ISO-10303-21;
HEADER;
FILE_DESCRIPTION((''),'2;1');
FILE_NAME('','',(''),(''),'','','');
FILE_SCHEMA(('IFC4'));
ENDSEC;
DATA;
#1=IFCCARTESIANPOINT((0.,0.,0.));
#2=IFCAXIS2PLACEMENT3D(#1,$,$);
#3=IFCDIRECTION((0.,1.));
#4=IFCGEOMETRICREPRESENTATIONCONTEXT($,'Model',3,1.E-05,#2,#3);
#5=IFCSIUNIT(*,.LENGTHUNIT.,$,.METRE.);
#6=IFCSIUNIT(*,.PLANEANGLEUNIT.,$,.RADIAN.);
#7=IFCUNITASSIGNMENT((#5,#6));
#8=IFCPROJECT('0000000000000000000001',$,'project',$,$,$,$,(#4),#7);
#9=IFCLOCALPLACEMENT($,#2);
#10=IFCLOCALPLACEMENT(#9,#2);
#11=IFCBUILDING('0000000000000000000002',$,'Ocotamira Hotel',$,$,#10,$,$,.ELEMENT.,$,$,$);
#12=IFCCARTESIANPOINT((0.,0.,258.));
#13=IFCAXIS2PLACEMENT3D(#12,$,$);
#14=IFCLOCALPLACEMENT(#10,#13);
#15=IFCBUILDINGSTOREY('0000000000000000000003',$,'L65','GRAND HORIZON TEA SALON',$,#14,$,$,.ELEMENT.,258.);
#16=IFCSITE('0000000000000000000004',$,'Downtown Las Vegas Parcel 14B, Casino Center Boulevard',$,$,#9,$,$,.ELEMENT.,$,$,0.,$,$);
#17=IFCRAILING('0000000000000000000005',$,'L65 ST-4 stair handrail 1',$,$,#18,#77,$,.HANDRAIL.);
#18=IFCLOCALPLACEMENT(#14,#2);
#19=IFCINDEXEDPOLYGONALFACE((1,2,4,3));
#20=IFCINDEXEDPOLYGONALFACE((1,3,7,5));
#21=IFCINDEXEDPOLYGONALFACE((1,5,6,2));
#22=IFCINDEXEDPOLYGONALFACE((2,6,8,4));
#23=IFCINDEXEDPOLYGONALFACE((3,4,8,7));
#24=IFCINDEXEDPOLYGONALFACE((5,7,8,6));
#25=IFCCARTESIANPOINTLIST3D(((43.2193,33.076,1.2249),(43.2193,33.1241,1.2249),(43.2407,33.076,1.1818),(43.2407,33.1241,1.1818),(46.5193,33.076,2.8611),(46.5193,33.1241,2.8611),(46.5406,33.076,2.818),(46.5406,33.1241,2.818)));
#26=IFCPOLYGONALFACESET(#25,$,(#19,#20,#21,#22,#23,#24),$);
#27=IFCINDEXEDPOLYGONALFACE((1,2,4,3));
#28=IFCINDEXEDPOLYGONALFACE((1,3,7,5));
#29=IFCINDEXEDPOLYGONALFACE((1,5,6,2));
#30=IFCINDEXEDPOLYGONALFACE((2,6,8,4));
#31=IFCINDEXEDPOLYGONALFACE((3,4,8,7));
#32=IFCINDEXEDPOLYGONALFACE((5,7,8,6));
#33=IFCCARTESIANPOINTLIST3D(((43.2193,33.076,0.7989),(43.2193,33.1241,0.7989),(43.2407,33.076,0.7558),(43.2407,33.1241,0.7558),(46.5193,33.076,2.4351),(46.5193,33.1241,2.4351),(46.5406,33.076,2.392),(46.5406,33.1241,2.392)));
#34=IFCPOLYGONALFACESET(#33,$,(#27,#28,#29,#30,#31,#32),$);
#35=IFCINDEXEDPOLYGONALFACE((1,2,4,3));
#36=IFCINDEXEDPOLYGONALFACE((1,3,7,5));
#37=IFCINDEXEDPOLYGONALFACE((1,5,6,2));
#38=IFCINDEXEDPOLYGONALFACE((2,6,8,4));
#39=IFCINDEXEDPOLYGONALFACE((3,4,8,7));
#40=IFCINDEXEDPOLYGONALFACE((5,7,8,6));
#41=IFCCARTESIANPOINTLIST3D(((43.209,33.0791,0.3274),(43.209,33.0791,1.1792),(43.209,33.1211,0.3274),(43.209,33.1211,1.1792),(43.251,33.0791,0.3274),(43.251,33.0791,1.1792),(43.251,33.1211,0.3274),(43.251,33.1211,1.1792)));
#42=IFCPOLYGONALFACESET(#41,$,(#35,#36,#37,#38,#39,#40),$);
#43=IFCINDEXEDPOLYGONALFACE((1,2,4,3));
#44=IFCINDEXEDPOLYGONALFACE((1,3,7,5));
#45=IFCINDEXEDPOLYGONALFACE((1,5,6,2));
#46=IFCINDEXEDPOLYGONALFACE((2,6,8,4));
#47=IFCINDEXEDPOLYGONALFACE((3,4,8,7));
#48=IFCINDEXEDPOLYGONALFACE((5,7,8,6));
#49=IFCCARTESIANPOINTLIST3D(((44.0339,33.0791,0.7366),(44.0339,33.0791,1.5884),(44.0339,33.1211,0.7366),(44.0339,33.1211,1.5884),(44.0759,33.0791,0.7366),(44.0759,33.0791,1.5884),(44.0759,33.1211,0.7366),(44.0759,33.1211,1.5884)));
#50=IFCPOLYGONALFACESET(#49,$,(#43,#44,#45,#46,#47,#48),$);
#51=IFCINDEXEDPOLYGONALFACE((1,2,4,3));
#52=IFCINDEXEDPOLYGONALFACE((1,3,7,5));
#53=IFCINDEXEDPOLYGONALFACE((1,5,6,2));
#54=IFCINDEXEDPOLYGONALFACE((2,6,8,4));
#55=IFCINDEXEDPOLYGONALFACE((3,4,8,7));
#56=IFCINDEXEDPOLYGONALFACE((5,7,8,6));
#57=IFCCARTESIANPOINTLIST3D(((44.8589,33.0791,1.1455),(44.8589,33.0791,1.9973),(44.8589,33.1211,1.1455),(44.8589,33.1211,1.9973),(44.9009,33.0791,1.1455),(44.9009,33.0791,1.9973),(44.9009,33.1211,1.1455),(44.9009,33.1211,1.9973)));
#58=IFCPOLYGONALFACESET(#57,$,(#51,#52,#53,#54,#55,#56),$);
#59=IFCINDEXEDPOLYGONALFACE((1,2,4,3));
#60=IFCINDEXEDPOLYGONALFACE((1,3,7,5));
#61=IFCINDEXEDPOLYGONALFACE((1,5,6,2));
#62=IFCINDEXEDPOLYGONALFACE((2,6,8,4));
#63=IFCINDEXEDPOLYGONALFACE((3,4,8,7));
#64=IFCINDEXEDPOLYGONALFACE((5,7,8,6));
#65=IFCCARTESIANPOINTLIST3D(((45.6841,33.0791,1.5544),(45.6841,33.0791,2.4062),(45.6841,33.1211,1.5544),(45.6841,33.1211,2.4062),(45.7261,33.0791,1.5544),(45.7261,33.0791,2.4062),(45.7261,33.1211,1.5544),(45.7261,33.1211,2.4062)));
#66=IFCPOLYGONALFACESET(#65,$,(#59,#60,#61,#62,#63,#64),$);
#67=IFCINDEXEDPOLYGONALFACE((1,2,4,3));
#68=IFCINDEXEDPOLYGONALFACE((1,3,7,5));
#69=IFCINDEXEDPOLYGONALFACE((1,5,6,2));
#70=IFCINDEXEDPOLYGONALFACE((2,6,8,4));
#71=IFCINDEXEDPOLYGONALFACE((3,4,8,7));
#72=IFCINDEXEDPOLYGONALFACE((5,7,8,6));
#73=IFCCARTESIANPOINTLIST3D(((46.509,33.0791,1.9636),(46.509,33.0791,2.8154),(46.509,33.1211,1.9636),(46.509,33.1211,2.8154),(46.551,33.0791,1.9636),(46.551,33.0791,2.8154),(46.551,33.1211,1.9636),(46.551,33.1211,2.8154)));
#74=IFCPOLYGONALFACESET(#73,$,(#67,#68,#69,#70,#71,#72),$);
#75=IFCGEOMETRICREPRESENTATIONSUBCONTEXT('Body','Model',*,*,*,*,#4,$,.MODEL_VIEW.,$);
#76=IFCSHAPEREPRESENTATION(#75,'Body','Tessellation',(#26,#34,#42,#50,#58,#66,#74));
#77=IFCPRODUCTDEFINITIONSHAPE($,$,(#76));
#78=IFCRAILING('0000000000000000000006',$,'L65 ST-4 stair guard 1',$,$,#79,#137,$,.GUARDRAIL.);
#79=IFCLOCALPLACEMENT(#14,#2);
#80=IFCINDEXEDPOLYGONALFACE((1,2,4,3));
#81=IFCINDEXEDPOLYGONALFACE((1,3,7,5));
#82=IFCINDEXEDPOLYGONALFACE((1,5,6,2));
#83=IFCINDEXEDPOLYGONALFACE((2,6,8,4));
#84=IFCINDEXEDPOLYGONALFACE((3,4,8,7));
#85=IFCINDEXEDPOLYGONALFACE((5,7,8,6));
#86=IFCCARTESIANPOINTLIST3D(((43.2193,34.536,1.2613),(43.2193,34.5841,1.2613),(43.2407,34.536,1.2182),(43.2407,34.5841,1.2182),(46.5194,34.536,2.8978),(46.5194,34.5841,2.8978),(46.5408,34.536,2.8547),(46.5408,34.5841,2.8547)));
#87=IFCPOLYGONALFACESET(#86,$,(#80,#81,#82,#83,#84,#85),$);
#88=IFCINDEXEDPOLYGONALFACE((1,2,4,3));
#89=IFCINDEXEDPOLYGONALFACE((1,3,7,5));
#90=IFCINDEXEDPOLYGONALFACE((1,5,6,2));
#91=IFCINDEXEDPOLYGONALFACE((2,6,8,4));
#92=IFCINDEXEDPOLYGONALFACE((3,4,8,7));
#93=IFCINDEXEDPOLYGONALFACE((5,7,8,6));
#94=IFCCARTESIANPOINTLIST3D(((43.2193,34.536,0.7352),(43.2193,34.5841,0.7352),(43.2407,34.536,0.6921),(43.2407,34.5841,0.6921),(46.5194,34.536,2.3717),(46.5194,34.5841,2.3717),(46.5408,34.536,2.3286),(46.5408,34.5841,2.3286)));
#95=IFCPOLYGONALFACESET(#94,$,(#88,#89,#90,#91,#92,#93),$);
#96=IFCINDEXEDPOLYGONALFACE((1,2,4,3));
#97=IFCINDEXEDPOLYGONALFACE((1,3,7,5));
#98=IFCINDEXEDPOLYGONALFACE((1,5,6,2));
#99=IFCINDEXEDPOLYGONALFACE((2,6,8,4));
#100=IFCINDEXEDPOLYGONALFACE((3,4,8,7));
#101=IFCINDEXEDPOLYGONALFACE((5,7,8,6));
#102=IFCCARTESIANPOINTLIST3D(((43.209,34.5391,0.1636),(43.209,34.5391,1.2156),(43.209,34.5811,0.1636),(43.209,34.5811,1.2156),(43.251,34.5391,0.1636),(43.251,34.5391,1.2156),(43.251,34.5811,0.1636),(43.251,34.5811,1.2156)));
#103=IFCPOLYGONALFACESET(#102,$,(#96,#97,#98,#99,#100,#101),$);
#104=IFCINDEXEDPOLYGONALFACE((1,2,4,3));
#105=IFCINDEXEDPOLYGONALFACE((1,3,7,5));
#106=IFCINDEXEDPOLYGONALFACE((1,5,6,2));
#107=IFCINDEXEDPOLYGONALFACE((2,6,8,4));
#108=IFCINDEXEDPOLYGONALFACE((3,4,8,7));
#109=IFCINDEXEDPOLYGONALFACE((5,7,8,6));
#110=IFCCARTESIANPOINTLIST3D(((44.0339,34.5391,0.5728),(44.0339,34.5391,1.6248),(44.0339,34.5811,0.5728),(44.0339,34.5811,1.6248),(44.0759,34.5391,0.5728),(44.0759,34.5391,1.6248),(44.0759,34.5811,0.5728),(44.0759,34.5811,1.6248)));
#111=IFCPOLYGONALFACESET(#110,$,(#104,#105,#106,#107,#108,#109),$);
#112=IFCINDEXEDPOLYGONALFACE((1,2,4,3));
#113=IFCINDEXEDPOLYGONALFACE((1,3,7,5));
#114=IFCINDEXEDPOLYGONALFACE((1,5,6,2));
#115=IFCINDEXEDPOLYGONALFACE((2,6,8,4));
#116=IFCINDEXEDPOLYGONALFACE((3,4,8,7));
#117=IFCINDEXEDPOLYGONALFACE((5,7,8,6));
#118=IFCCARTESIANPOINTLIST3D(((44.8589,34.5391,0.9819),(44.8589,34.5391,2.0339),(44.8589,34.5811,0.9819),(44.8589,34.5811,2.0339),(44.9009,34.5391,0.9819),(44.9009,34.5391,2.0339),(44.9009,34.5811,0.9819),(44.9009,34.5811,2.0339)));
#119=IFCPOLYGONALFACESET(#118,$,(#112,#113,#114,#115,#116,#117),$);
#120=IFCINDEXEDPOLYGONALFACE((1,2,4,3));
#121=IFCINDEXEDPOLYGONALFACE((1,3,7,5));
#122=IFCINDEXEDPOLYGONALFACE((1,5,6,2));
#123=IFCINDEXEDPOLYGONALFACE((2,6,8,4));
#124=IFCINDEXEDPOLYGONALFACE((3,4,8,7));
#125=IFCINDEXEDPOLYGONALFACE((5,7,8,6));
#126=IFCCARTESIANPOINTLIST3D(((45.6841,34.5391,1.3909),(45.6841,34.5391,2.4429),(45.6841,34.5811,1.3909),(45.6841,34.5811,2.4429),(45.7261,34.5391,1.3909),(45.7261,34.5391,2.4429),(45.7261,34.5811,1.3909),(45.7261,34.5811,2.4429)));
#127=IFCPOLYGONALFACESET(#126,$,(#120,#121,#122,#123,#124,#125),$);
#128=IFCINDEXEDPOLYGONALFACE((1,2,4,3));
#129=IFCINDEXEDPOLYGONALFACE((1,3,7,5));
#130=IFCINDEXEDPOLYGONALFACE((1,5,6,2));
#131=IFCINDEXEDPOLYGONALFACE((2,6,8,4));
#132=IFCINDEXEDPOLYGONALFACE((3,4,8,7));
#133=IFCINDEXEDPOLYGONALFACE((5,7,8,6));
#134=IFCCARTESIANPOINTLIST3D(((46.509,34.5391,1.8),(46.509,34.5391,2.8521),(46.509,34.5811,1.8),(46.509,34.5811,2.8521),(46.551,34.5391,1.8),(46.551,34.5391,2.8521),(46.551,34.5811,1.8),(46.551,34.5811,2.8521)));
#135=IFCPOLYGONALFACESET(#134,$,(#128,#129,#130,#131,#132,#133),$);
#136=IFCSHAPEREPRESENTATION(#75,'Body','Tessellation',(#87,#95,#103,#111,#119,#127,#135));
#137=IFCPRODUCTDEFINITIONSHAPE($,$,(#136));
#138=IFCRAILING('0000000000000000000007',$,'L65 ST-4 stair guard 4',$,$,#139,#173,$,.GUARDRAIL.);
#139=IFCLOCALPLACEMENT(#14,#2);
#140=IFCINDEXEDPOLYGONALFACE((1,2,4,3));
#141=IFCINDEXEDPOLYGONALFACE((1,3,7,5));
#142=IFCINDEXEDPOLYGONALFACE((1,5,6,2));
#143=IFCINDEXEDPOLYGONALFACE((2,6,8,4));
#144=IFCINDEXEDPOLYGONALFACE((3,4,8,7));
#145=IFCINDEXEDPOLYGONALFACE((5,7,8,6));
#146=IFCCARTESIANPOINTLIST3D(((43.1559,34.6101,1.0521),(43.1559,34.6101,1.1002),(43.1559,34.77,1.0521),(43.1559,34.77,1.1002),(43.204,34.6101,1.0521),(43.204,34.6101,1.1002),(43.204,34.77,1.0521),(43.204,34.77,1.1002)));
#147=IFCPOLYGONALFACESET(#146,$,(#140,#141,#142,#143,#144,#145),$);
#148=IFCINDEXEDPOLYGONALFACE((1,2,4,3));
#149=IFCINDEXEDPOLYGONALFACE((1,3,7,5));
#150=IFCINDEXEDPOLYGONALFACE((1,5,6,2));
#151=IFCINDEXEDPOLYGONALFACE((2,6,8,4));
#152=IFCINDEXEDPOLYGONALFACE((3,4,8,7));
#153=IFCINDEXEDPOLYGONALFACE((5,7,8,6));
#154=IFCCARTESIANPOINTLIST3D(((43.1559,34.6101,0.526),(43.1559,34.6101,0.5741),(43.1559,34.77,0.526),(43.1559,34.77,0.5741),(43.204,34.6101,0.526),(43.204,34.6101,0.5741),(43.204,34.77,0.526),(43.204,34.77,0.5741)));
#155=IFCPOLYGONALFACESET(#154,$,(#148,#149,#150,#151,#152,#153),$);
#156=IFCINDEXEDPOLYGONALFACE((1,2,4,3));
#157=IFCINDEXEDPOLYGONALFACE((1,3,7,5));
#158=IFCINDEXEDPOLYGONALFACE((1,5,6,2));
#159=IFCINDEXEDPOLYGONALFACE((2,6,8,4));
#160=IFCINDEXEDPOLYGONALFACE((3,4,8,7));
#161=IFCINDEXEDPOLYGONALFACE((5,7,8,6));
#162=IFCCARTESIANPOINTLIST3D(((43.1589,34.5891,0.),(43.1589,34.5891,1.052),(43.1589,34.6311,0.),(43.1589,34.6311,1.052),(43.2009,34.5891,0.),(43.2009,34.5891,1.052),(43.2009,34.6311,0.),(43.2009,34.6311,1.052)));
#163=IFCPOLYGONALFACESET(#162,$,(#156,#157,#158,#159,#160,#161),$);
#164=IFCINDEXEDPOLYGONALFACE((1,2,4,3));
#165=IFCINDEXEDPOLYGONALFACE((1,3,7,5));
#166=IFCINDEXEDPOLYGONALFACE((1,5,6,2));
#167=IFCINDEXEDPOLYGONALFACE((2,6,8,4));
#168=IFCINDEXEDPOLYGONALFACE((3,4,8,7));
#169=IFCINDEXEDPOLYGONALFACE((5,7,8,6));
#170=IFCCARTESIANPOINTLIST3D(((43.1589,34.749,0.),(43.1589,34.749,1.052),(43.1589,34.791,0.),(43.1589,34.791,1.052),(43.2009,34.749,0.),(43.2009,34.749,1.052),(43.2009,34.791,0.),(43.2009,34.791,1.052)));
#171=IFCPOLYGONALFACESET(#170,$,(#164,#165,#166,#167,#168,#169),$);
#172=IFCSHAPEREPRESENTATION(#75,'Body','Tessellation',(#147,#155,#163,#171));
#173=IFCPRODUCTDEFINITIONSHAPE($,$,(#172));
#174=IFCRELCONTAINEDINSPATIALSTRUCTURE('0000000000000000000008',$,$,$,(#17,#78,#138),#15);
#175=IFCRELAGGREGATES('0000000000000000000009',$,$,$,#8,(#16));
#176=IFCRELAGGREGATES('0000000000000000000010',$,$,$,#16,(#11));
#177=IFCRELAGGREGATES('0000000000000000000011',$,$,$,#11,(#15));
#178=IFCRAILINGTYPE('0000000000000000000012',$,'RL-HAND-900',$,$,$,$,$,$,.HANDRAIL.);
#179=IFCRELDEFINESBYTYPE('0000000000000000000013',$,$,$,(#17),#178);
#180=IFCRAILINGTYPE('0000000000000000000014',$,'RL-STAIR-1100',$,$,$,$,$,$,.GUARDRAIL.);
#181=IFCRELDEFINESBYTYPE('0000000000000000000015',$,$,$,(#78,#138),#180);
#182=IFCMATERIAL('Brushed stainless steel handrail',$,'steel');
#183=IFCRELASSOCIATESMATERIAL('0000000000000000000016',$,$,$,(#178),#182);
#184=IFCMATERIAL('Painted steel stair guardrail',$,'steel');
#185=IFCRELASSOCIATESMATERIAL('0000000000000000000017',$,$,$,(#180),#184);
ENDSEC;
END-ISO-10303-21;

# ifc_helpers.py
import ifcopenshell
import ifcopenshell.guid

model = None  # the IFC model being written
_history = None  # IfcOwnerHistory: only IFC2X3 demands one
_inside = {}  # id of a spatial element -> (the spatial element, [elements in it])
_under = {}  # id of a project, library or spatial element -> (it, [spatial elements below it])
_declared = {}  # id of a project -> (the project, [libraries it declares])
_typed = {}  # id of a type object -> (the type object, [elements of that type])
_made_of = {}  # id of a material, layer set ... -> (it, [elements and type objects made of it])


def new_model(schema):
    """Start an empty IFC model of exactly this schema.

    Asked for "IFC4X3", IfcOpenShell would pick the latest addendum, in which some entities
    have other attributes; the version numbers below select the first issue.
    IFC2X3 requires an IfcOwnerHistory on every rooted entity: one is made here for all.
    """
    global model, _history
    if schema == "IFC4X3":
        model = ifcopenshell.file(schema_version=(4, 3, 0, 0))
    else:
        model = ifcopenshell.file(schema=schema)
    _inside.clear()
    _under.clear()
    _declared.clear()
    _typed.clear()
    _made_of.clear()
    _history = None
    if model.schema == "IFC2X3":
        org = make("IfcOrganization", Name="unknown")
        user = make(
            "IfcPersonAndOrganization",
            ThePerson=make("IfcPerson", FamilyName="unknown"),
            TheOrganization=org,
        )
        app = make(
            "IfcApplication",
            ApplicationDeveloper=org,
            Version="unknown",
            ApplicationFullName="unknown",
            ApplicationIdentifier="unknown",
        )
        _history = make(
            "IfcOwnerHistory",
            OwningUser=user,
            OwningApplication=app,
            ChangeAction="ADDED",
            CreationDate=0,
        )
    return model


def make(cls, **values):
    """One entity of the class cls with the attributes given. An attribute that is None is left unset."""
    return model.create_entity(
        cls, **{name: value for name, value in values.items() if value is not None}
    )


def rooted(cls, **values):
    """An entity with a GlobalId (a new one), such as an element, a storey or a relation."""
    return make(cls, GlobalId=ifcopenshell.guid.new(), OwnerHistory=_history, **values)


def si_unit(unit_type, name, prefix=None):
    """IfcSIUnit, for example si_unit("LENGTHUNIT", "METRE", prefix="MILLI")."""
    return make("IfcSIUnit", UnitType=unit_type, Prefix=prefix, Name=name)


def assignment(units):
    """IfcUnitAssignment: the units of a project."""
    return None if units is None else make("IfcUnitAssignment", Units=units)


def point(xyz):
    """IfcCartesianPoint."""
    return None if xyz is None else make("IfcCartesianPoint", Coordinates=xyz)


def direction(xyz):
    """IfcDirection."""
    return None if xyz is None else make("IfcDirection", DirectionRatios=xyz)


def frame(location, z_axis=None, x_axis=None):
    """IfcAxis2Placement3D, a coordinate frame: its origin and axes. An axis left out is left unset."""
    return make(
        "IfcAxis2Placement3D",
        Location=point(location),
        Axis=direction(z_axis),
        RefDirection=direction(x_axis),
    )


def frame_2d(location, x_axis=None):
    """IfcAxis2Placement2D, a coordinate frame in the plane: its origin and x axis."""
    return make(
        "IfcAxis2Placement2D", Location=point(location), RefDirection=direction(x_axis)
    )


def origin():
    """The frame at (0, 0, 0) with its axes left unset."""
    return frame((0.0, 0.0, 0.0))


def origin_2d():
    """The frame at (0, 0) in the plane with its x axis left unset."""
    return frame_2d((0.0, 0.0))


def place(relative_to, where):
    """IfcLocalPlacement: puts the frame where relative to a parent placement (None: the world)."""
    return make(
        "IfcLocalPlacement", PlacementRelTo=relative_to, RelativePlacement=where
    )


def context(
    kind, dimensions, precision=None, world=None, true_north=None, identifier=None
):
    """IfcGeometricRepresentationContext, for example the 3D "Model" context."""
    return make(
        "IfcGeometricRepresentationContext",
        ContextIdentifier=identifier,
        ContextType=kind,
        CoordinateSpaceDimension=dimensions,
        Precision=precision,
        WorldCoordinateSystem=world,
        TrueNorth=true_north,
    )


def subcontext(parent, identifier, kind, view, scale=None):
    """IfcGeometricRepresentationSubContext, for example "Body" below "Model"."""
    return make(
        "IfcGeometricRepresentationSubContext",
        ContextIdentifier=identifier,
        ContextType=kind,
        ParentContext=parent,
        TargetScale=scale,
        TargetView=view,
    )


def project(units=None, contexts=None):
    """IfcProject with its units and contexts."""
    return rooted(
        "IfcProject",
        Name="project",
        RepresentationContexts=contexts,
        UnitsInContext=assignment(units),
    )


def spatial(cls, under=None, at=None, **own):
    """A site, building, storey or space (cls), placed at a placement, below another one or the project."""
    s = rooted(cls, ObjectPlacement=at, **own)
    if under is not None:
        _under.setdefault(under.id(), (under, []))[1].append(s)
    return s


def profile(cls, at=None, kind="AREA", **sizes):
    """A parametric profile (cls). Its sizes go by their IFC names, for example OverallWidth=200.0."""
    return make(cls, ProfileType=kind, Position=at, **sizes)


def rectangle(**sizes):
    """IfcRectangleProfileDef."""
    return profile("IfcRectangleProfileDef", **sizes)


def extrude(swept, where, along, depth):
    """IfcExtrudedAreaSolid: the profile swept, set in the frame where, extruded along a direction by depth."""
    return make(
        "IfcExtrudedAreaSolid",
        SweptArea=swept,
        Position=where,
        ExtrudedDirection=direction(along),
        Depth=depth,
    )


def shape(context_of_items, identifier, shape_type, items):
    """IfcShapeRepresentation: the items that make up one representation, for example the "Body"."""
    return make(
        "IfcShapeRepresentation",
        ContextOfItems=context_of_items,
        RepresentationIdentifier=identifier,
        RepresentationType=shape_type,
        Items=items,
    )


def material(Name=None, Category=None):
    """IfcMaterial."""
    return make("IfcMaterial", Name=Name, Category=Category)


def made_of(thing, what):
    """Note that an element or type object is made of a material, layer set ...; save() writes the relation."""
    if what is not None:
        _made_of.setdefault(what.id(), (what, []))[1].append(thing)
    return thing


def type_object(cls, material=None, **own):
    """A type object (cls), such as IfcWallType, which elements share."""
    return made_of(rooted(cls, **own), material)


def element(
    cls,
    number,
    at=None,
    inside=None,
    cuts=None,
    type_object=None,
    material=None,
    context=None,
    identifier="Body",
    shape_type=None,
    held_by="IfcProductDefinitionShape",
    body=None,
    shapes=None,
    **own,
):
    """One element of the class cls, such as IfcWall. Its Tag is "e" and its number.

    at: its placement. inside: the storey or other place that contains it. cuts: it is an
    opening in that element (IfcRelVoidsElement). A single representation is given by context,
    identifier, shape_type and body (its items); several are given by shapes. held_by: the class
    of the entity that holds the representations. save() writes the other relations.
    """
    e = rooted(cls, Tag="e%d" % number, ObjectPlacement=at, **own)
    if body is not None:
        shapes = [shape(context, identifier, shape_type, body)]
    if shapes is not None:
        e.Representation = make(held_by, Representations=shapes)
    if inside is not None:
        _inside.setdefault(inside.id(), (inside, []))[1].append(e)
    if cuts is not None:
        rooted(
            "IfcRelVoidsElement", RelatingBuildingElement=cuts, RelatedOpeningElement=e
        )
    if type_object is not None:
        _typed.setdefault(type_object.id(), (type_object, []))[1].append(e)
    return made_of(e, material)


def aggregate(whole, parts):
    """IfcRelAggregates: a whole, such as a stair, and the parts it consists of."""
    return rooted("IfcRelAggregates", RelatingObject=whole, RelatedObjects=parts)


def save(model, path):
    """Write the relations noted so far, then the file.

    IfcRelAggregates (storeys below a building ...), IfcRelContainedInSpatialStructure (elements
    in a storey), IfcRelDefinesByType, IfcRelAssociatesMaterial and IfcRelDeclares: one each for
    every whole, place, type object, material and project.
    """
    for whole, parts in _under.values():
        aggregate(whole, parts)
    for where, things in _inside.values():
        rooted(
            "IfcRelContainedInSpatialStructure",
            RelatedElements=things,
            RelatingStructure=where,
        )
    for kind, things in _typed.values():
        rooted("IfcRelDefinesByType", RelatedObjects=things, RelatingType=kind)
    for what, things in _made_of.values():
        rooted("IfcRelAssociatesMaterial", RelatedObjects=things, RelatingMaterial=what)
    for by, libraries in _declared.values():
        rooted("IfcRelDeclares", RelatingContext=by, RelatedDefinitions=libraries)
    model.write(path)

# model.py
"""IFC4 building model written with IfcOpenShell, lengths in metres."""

from ifc_helpers import new_model, si_unit, direction, frame, origin, origin_2d, place, context, subcontext, project, spatial, rectangle, extrude, material, type_object, element, save


model = new_model("IFC4")

# Units and contexts
model_context = context("Model", 3, precision=1e-05, world=origin(), true_north=direction((0.0, 1.0)))
body_context = subcontext(model_context, "Body", "Model", "MODEL_VIEW")
ifc_project = project(units=[si_unit("LENGTHUNIT", "METRE"), si_unit("PLANEANGLEUNIT", "RADIAN")], contexts=[model_context])

# Site, building, storey
site_placement = place(None, origin())
site = spatial("IfcSite", under=ifc_project, at=site_placement, Name="Downtown Las Vegas Parcel 14B, Casino Center Boulevard", CompositionType="ELEMENT", RefElevation=0.0)
building_placement = place(site_placement, origin())
building = spatial("IfcBuilding", under=site, at=building_placement, Name="Ocotamira Hotel", CompositionType="ELEMENT")
storey_placement = place(building_placement, frame((0.0, 0.0, 258.0)))
storey = spatial("IfcBuildingStorey", under=building, at=storey_placement, Name="L65", Description="GRAND HORIZON TEA SALON", CompositionType="ELEMENT", Elevation=258.0)

# Railings
ifc_material_1 = material(Name="Brushed stainless steel handrail", Category="steel")
railing_type_1 = type_object("IfcRailingType", Name="RL-HAND-900", PredefinedType="HANDRAIL", material=ifc_material_1)
railing_1_placement = place(storey_placement, frame((43.23, 33.1001, 0.3274)))
element("IfcRailing", 1, at=railing_1_placement, inside=storey, type_object=railing_type_1, Name="L65 ST-4 stair handrail 1", PredefinedType="HANDRAIL", context=body_context, shape_type="SweptSolid", body=[
    extrude(rectangle(XDim=0.0481, YDim=0.0481, at=origin_2d()), frame((0.0, 0.0, 0.876), z_axis=(0.89592, 0.0, 0.444215), x_axis=(0.0, 1.0, 0.0)), (0.0, 0.0, 1.0), 3.6833),
    extrude(rectangle(XDim=0.0481, YDim=0.0481, at=origin_2d()), frame((0.0, 0.0, 0.45), z_axis=(0.89592, 0.0, 0.444215), x_axis=(0.0, 1.0, 0.0)), (0.0, 0.0, 1.0), 3.6833),
    extrude(rectangle(XDim=0.042, YDim=0.042, at=origin_2d()), origin(), (0.0, 0.0, 1.0), 0.8518),
    extrude(rectangle(XDim=0.042, YDim=0.042, at=origin_2d()), frame((0.825, 0.0, 0.4092)), (0.0, 0.0, 1.0), 0.8518),
    extrude(rectangle(XDim=0.042, YDim=0.042, at=origin_2d()), frame((1.6499, 0.0, 0.8181)), (0.0, 0.0, 1.0), 0.8518),
    extrude(rectangle(XDim=0.042, YDim=0.042, at=origin_2d()), frame((2.4751, 0.0, 1.2271)), (0.0, 0.0, 1.0), 0.8518),
    extrude(rectangle(XDim=0.042, YDim=0.042, at=origin_2d()), frame((3.3, 0.0, 1.6362)), (0.0, 0.0, 1.0), 0.8518),
])
ifc_material_2 = material(Name="Painted steel stair guardrail", Category="steel")
railing_type_2 = type_object("IfcRailingType", Name="RL-STAIR-1100", PredefinedType="GUARDRAIL", material=ifc_material_2)
railing_2_placement = place(storey_placement, frame((43.23, 34.5601, 0.1636)))
element("IfcRailing", 2, at=railing_2_placement, inside=storey, type_object=railing_type_2, Name="L65 ST-4 stair guard 1", PredefinedType="GUARDRAIL", context=body_context, shape_type="SweptSolid", body=[
    extrude(rectangle(XDim=0.0481, YDim=0.0481, at=origin_2d()), frame((0.0, 0.0, 1.0762), z_axis=(0.895894, 0.0, 0.444268), x_axis=(0.0, 1.0, 0.0)), (0.0, 0.0, 1.0), 3.6836),
    extrude(rectangle(XDim=0.0481, YDim=0.0481, at=origin_2d()), frame((0.0, 0.0, 0.55), z_axis=(0.895894, 0.0, 0.444268), x_axis=(0.0, 1.0, 0.0)), (0.0, 0.0, 1.0), 3.6836),
    extrude(rectangle(XDim=0.042, YDim=0.042, at=origin_2d()), origin(), (0.0, 0.0, 1.0), 1.052),
    extrude(rectangle(XDim=0.042, YDim=0.042, at=origin_2d()), frame((0.825, 0.0, 0.4092)), (0.0, 0.0, 1.0), 1.052),
    extrude(rectangle(XDim=0.042, YDim=0.042, at=origin_2d()), frame((1.6499, 0.0, 0.8184)), (0.0, 0.0, 1.0), 1.052),
    extrude(rectangle(XDim=0.042, YDim=0.042, at=origin_2d()), frame((2.4751, 0.0, 1.2273)), (0.0, 0.0, 1.0), 1.052),
    extrude(rectangle(XDim=0.042, YDim=0.042, at=origin_2d()), frame((3.3, 0.0, 1.6365)), (0.0, 0.0, 1.0), 1.052),
])
railing_3_placement = place(storey_placement, frame((43.1799, 34.6101, 0.0)))
element("IfcRailing", 3, at=railing_3_placement, inside=storey, type_object=railing_type_2, Name="L65 ST-4 stair guard 4", PredefinedType="GUARDRAIL", context=body_context, shape_type="SweptSolid", body=[
    extrude(rectangle(XDim=0.0481, YDim=0.0481, at=origin_2d()), frame((0.0, 0.0, 1.0762), z_axis=(0.0, 1.0, 0.0), x_axis=(-1.0, 0.0, 0.0)), (0.0, 0.0, 1.0), 0.1599),
    extrude(rectangle(XDim=0.0481, YDim=0.0481, at=origin_2d()), frame((0.0, 0.0, 0.55), z_axis=(0.0, 1.0, 0.0), x_axis=(-1.0, 0.0, 0.0)), (0.0, 0.0, 1.0), 0.1599),
    extrude(rectangle(XDim=0.042, YDim=0.042, at=origin_2d()), origin(), (0.0, 0.0, 1.0), 1.052),
    extrude(rectangle(XDim=0.042, YDim=0.042, at=origin_2d()), frame((0.0, 0.1599, 0.0)), (0.0, 0.0, 1.0), 1.052),
])

save(model, "model.ifc")
